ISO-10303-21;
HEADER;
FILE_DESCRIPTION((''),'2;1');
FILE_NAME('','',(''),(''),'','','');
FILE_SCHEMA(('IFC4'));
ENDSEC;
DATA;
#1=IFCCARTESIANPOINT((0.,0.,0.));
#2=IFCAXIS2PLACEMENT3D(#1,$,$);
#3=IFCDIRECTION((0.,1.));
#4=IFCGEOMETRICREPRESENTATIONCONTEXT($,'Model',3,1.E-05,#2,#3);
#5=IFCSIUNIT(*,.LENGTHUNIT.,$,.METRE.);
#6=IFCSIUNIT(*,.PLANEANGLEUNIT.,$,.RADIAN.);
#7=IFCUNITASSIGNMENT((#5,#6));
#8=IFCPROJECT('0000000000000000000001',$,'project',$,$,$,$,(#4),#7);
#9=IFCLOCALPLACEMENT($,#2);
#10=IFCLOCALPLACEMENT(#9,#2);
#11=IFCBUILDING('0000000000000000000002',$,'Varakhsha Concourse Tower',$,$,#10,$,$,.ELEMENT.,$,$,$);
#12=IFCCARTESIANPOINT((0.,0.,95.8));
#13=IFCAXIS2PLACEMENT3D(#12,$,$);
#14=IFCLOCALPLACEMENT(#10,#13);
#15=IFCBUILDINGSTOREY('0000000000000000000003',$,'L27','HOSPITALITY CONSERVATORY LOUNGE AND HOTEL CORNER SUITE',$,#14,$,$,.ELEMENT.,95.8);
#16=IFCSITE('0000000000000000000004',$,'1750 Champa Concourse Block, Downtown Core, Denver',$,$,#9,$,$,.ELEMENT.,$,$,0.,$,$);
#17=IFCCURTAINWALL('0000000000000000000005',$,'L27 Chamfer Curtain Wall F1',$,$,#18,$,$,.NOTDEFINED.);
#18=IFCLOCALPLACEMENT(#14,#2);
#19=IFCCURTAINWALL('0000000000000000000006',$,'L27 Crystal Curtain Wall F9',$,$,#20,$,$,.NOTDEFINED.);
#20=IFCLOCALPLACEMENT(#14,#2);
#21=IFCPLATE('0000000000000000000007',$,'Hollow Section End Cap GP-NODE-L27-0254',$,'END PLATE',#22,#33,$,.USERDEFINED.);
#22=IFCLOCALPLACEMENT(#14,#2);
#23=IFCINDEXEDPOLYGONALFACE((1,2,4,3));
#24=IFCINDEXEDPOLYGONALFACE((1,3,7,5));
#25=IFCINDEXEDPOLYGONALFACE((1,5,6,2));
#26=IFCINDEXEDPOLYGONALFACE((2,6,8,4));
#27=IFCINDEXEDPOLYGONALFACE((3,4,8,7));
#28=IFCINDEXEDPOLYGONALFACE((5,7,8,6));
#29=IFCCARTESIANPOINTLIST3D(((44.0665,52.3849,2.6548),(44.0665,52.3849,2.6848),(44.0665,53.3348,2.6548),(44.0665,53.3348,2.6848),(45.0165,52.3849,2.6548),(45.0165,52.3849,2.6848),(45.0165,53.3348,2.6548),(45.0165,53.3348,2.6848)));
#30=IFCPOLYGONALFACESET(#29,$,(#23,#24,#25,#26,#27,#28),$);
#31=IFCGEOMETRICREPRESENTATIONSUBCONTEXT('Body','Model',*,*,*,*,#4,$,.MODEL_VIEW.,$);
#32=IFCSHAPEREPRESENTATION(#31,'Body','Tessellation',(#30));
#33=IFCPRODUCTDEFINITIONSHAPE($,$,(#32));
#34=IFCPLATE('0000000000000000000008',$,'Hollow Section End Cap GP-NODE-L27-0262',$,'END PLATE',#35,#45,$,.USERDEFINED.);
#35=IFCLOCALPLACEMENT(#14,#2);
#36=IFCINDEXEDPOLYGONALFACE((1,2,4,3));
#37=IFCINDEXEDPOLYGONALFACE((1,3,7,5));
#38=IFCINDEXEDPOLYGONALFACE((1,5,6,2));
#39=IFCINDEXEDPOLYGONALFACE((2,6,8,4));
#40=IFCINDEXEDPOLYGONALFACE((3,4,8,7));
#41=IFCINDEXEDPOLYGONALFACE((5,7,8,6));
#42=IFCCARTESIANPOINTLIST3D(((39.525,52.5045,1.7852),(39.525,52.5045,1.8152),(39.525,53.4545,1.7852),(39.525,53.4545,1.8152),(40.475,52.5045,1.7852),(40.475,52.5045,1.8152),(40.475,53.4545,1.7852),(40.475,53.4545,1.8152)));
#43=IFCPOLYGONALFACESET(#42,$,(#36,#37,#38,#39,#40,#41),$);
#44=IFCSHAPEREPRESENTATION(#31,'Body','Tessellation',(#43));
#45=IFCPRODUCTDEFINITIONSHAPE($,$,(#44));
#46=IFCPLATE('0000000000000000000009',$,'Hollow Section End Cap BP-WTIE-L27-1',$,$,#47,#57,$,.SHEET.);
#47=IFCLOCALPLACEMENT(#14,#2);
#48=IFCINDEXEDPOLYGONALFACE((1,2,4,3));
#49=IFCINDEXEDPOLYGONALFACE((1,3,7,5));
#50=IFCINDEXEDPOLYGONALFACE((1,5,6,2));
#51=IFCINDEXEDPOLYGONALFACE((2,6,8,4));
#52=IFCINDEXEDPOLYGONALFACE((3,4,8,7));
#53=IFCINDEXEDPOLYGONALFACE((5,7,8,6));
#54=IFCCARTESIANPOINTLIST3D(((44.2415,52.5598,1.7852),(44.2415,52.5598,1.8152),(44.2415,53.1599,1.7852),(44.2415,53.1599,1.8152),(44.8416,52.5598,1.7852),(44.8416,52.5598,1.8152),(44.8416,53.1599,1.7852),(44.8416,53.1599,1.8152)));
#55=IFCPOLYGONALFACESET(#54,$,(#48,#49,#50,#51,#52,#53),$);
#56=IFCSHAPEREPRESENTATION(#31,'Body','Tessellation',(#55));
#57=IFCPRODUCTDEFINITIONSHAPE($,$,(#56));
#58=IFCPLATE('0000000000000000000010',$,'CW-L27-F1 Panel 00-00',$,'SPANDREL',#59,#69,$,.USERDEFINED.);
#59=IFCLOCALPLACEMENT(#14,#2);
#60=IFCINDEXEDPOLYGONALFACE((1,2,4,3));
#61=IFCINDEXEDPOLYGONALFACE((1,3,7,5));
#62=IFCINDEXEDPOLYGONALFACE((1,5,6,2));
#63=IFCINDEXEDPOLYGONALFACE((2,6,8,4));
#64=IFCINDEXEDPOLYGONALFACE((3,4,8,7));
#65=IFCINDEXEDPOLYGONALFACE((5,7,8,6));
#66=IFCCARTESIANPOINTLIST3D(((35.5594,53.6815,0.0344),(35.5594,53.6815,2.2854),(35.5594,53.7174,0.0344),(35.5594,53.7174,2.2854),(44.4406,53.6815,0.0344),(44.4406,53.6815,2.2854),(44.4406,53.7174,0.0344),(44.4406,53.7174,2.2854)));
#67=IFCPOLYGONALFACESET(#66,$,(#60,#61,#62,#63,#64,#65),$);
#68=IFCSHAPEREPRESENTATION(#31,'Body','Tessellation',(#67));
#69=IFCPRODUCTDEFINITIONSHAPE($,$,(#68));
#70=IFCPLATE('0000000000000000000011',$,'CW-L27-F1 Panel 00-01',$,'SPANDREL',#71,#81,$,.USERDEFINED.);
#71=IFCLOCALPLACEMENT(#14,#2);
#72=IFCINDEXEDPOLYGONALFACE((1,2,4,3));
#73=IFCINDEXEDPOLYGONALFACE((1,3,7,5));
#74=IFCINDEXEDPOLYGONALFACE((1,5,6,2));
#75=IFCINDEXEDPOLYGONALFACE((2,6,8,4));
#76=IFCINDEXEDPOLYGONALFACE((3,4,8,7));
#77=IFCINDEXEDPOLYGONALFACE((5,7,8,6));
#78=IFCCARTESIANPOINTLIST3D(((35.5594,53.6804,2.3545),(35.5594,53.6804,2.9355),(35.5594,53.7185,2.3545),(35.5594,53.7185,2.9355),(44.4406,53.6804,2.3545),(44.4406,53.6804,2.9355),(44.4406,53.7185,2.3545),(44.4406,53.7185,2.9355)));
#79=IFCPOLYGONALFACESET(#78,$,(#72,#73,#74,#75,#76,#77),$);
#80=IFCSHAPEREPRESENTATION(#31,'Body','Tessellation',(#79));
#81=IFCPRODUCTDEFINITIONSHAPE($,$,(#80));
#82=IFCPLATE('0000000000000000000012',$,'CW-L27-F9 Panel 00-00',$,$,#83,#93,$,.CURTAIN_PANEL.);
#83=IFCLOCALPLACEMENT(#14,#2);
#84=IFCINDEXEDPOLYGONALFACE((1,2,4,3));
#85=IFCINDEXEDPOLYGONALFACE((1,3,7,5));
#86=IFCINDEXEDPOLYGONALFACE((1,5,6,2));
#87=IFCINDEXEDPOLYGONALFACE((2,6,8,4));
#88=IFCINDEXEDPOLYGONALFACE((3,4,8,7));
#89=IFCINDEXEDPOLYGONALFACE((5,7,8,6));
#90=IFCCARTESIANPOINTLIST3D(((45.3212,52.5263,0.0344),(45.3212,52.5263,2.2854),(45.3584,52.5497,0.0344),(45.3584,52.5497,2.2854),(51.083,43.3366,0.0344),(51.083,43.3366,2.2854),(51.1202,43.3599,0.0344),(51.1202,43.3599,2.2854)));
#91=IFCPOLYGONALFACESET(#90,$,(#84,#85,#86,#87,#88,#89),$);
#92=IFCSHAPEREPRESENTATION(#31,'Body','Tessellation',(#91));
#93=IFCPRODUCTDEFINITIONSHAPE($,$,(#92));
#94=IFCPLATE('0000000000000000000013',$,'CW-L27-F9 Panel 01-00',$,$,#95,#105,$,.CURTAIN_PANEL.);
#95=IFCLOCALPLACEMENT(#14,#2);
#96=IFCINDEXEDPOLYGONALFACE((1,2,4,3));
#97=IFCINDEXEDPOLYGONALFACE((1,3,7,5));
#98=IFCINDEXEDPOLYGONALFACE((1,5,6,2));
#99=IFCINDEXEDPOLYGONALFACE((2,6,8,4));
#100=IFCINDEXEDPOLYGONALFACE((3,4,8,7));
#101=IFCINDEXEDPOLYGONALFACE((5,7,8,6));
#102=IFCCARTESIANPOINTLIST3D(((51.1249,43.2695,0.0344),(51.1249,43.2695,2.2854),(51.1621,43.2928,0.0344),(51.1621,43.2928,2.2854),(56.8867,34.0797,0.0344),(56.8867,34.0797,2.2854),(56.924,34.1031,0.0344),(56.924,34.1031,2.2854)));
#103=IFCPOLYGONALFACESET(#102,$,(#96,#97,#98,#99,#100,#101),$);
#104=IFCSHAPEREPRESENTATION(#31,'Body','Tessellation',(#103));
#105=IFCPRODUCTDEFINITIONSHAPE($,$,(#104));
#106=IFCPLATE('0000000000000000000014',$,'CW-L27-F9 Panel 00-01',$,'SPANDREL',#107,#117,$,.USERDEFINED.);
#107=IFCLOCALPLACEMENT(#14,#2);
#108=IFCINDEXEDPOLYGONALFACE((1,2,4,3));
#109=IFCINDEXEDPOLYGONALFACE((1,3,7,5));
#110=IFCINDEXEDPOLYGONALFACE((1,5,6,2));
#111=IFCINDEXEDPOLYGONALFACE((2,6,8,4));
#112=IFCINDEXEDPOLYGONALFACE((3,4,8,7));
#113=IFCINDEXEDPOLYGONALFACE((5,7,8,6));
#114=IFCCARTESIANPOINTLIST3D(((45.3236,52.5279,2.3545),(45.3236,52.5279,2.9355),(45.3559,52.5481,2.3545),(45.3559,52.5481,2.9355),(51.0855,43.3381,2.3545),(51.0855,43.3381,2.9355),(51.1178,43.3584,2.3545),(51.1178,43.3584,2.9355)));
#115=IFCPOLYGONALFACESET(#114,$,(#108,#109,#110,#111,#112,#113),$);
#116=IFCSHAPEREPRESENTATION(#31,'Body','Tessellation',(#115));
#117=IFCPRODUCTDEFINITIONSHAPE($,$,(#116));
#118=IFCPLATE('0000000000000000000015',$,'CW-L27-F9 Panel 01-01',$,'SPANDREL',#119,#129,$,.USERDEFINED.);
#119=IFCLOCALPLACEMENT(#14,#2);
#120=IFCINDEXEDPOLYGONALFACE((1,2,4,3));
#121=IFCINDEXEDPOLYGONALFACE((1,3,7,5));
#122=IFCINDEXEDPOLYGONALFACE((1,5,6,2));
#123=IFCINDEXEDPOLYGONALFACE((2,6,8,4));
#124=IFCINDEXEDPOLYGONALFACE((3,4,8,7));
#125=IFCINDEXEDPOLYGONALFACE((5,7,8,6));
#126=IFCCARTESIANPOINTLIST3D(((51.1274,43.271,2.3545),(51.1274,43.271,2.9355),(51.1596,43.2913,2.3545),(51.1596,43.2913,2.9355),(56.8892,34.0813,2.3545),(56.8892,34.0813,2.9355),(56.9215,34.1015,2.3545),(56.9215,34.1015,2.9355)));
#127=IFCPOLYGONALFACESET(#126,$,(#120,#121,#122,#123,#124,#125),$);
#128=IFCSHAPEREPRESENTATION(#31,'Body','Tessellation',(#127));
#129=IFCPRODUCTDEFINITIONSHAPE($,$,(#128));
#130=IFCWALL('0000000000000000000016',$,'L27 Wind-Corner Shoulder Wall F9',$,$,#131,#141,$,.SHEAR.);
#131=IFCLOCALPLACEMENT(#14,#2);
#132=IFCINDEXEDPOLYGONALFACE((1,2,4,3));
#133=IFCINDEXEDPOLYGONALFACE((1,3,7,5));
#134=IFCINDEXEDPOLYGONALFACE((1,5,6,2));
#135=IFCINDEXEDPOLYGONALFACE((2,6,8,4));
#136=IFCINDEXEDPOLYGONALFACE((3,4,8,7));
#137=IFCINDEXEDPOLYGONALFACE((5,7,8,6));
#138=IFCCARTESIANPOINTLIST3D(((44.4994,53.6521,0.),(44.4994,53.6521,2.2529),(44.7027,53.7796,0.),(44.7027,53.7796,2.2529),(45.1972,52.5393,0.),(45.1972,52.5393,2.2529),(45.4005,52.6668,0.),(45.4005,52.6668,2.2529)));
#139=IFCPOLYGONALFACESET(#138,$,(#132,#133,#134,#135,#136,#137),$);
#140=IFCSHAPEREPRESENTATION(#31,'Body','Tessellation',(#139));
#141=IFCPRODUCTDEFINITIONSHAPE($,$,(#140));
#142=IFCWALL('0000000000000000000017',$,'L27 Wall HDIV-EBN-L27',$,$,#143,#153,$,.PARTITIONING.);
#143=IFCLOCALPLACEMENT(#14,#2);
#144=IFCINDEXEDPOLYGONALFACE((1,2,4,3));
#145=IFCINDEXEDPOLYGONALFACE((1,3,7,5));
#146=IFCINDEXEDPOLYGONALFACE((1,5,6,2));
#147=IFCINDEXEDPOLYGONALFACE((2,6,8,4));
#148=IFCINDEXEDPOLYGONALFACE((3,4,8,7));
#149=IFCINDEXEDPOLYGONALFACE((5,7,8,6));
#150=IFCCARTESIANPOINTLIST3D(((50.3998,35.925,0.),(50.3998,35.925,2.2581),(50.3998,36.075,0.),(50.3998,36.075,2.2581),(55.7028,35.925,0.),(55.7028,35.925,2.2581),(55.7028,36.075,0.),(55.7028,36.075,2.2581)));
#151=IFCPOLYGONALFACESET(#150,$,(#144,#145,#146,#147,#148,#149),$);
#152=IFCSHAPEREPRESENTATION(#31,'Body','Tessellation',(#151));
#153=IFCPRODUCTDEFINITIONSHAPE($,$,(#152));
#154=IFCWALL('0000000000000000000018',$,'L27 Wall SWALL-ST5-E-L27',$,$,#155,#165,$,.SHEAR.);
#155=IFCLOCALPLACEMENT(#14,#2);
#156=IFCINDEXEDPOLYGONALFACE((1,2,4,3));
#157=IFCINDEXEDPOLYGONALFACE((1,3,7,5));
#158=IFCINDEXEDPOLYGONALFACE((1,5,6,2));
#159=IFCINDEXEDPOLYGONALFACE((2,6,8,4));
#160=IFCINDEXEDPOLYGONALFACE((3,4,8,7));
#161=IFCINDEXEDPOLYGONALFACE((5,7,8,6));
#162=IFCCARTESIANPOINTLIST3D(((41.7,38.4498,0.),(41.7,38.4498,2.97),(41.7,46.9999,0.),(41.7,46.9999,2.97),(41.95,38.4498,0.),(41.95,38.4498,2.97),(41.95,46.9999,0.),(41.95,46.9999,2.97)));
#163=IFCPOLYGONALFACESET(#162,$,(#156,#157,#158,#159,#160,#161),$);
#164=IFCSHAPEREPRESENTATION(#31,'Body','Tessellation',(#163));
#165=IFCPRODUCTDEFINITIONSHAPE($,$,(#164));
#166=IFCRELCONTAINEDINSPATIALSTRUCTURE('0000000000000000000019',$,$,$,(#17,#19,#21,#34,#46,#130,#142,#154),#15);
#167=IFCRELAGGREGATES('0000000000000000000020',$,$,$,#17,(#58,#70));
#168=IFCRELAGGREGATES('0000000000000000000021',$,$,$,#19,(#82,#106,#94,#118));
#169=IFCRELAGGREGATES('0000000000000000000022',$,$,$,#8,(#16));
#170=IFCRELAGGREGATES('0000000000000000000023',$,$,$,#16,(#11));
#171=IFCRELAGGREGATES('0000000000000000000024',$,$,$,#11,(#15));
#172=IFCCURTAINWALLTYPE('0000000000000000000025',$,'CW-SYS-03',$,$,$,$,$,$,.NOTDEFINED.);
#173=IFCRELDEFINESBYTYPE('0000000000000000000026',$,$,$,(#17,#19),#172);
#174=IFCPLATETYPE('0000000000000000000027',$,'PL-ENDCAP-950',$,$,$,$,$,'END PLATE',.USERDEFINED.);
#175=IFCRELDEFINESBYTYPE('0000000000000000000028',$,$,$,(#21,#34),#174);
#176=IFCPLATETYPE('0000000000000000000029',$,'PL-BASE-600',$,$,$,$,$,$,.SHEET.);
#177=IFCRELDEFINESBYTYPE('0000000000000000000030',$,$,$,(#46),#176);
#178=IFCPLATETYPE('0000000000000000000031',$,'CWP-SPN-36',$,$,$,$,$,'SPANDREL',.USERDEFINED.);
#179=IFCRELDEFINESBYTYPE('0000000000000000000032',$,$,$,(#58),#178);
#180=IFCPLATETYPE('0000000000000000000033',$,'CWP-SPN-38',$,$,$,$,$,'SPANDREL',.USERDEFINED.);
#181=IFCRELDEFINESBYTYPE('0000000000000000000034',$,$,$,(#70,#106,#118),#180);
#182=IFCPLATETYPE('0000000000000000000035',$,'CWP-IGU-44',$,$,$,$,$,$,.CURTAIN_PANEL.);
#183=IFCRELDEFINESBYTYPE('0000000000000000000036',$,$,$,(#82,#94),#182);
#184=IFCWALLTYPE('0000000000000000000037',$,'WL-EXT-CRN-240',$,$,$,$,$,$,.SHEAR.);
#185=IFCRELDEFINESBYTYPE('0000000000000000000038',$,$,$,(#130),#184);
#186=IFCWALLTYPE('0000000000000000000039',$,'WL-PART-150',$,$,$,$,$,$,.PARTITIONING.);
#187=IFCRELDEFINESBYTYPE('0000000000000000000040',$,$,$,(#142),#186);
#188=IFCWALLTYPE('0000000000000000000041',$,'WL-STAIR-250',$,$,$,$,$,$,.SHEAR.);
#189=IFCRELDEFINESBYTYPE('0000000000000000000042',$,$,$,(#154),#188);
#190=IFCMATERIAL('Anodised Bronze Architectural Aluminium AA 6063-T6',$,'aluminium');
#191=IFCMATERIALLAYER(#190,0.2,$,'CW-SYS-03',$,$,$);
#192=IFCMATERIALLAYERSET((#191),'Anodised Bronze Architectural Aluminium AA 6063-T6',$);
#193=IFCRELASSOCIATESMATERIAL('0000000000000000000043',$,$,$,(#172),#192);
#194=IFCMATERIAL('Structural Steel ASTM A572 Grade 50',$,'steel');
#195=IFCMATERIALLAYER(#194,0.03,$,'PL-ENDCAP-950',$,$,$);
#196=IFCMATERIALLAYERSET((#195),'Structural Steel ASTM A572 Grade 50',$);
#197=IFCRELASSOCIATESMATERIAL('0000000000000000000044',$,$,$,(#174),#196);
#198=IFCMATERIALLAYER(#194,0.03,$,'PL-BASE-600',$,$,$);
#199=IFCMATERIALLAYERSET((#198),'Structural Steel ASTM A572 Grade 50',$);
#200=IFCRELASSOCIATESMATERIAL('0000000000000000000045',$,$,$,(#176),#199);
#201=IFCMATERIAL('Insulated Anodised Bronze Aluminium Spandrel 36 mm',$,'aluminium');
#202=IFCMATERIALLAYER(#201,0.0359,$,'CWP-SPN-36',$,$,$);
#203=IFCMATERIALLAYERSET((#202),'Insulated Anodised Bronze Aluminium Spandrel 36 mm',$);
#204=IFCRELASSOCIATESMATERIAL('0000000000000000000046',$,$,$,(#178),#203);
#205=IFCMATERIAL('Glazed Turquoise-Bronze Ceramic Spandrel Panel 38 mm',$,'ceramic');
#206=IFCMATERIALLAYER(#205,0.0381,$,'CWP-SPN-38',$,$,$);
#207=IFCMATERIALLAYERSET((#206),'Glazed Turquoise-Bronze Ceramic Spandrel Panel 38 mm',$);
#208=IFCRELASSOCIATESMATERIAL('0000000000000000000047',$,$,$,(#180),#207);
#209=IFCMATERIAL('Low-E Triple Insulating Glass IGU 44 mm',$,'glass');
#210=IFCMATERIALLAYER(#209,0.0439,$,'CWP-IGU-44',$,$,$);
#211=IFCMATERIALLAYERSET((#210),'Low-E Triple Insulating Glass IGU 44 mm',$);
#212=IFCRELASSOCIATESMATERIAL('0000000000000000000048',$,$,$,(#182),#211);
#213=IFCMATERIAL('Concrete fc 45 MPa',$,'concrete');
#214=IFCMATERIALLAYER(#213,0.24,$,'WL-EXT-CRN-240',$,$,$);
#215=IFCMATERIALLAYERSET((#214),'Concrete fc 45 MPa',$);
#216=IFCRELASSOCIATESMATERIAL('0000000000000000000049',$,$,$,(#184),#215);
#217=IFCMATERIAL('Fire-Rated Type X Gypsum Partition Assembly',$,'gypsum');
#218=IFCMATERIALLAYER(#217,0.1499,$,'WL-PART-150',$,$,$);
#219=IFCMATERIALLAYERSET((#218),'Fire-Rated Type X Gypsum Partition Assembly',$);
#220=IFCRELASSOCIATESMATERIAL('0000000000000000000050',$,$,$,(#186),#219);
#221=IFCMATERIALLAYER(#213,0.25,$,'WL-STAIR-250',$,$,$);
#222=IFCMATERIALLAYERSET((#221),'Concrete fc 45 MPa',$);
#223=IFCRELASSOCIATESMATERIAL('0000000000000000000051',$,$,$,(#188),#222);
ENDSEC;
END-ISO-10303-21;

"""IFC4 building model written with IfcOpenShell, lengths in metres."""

from ifc_helpers import new_model, si_unit, direction, frame, frame_2d, origin, origin_2d, place, context, subcontext, project, spatial, rectangle, extrude, source, transform, mapped, material, layer, layer_set, type_object, type_shapes, element, aggregate, save


model = new_model("IFC4")

# Units and contexts
model_context = context("Model", 3, precision=1e-05, world=origin(), true_north=direction((0.0, 1.0)))
body_context = subcontext(model_context, "Body", "Model", "MODEL_VIEW")
ifc_project = project(units=[si_unit("LENGTHUNIT", "METRE"), si_unit("PLANEANGLEUNIT", "RADIAN")], contexts=[model_context])

# Site, building, storey
site_placement = place(None, origin())
site = spatial("IfcSite", under=ifc_project, at=site_placement, Name="1750 Champa Concourse Block, Downtown Core, Denver", CompositionType="ELEMENT", RefElevation=0.0)
building_placement = place(site_placement, origin())
building = spatial("IfcBuilding", under=site, at=building_placement, Name="Varakhsha Concourse Tower", CompositionType="ELEMENT")
storey_placement = place(building_placement, frame((0.0, 0.0, 95.8)))
storey = spatial("IfcBuildingStorey", under=building, at=storey_placement, Name="L27", Description="HOSPITALITY CONSERVATORY LOUNGE AND HOTEL CORNER SUITE", CompositionType="ELEMENT", Elevation=95.8)

# Shared definitions
ifc_material_1 = material(Name="Structural Steel ASTM A572 Grade 50", Category="steel")

# Curtain wall
ifc_material_2 = material(Name="Anodised Bronze Architectural Aluminium AA 6063-T6", Category="aluminium")
ifc_layer_1 = layer(ifc_material_2, 0.2, Name="CW-SYS-03")
ifc_layer_set_1 = layer_set([ifc_layer_1], Name="Anodised Bronze Architectural Aluminium AA 6063-T6")
curtain_wall_type = type_object("IfcCurtainWallType", Name="CW-SYS-03", PredefinedType="NOTDEFINED", material=ifc_layer_set_1)
curtain_wall_1_placement = place(storey_placement, origin())
curtain_wall_1 = element("IfcCurtainWall", 1, at=curtain_wall_1_placement, inside=storey, type_object=curtain_wall_type, Name="L27 Chamfer Curtain Wall F1", PredefinedType="NOTDEFINED")

# Curtain wall
curtain_wall_2_placement = place(storey_placement, origin())
curtain_wall_2 = element("IfcCurtainWall", 2, at=curtain_wall_2_placement, inside=storey, type_object=curtain_wall_type, Name="L27 Crystal Curtain Wall F9", PredefinedType="NOTDEFINED")

# Plates
ifc_layer_2 = layer(ifc_material_1, 0.03, Name="PL-ENDCAP-950")
ifc_layer_set_2 = layer_set([ifc_layer_2], Name="Structural Steel ASTM A572 Grade 50")
plate_type_1 = type_object("IfcPlateType", Name="PL-ENDCAP-950", ElementType="END PLATE", PredefinedType="USERDEFINED", material=ifc_layer_set_2)
shared_shape_1 = source(origin(), body_context, "Body", "SweptSolid", [
    extrude(rectangle(XDim=0.95, YDim=0.95, at=origin_2d()), origin(), (0.0, 0.0, 1.0), 0.03),
])
type_shapes(plate_type_1, [shared_shape_1])
for number, where, z_axis, x_axis, name in (
    (3, (44.5415, 52.8599, 2.6548), (0.0, 0.0, 1.0), (1.0, 0.0, 0.0), "Hollow Section End Cap GP-NODE-L27-0254"),
    (4, (40.0, 52.9795, 1.7852), (0.0, 0.0, 1.0), (1.0, 0.0, 0.0), "Hollow Section End Cap GP-NODE-L27-0262"),
):
    element("IfcPlate", number, at=place(storey_placement, frame(where, z_axis=z_axis, x_axis=x_axis)), inside=storey, type_object=plate_type_1, Name=name, ObjectType="END PLATE", PredefinedType="USERDEFINED", context=body_context, shape_type="MappedRepresentation", body=[
        mapped(shared_shape_1, transform((0.0, 0.0, 0.0), scale=1.0)),
    ])
ifc_layer_3 = layer(ifc_material_1, 0.03, Name="PL-BASE-600")
ifc_layer_set_3 = layer_set([ifc_layer_3], Name="Structural Steel ASTM A572 Grade 50")
plate_type_2 = type_object("IfcPlateType", Name="PL-BASE-600", PredefinedType="SHEET", material=ifc_layer_set_3)
shared_shape_2 = source(origin(), body_context, "Body", "SweptSolid", [
    extrude(rectangle(XDim=0.6001, YDim=0.6001, at=origin_2d()), origin(), (0.0, 0.0, 1.0), 0.03),
])
type_shapes(plate_type_2, [shared_shape_2])
plate_1_placement = place(storey_placement, frame((44.5415, 52.8599, 1.7852), z_axis=(0.0, 0.0, 1.0), x_axis=(1.0, 0.0, 0.0)))
element("IfcPlate", 5, at=plate_1_placement, inside=storey, type_object=plate_type_2, Name="Hollow Section End Cap BP-WTIE-L27-1", PredefinedType="SHEET", context=body_context, shape_type="MappedRepresentation", body=[
    mapped(shared_shape_2, transform((0.0, 0.0, 0.0), scale=1.0)),
])

# Plates
ifc_material_3 = material(Name="Insulated Anodised Bronze Aluminium Spandrel 36 mm", Category="aluminium")
ifc_layer_4 = layer(ifc_material_3, 0.0359, Name="CWP-SPN-36")
ifc_layer_set_4 = layer_set([ifc_layer_4], Name="Insulated Anodised Bronze Aluminium Spandrel 36 mm")
plate_type_3 = type_object("IfcPlateType", Name="CWP-SPN-36", ElementType="SPANDREL", PredefinedType="USERDEFINED", material=ifc_layer_set_4)
shared_shape_3 = source(origin(), body_context, "Body", "SweptSolid", [
    extrude(rectangle(XDim=8.8811, YDim=0.0359, at=origin_2d()), origin(), (0.0, 0.0, 1.0), 2.251),
])
type_shapes(plate_type_3, [shared_shape_3])
plate_2_placement = place(storey_placement, frame((40.0, 53.6995, 0.0344), z_axis=(0.0, 0.0, 1.0), x_axis=(1.0, 0.0, 0.0)))
plate_2 = element("IfcPlate", 6, at=plate_2_placement, type_object=plate_type_3, Name="CW-L27-F1 Panel 00-00", ObjectType="SPANDREL", PredefinedType="USERDEFINED", context=body_context, shape_type="MappedRepresentation", body=[
    mapped(shared_shape_3, transform((0.0, 0.0, 0.0), scale=1.0)),
])
ifc_material_4 = material(Name="Glazed Turquoise-Bronze Ceramic Spandrel Panel 38 mm", Category="ceramic")
ifc_layer_5 = layer(ifc_material_4, 0.0381, Name="CWP-SPN-38")
ifc_layer_set_5 = layer_set([ifc_layer_5], Name="Glazed Turquoise-Bronze Ceramic Spandrel Panel 38 mm")
plate_type_4 = type_object("IfcPlateType", Name="CWP-SPN-38", ElementType="SPANDREL", PredefinedType="USERDEFINED", material=ifc_layer_set_5)
shared_shape_4 = source(origin(), body_context, "Body", "SweptSolid", [
    extrude(rectangle(XDim=8.8811, YDim=0.0381, at=origin_2d()), origin(), (0.0, 0.0, 1.0), 0.5811),
])
plate_3_placement = place(storey_placement, frame((40.0, 53.6995, 2.3545), z_axis=(0.0, 0.0, 1.0), x_axis=(1.0, 0.0, 0.0)))
plate_3 = element("IfcPlate", 7, at=plate_3_placement, type_object=plate_type_4, Name="CW-L27-F1 Panel 00-01", ObjectType="SPANDREL", PredefinedType="USERDEFINED", context=body_context, shape_type="MappedRepresentation", body=[
    mapped(shared_shape_4, transform((0.0, 0.0, 0.0), scale=1.0)),
])
aggregate(curtain_wall_1, [plate_2, plate_3])
ifc_material_5 = material(Name="Low-E Triple Insulating Glass IGU 44 mm", Category="glass")
ifc_layer_6 = layer(ifc_material_5, 0.0439, Name="CWP-IGU-44")
ifc_layer_set_6 = layer_set([ifc_layer_6], Name="Low-E Triple Insulating Glass IGU 44 mm")
plate_type_5 = type_object("IfcPlateType", Name="CWP-IGU-44", PredefinedType="CURTAIN_PANEL", material=ifc_layer_set_6)
shared_shape_5 = source(origin(), body_context, "Body", "SweptSolid", [
    extrude(rectangle(XDim=10.8467, YDim=0.0439, at=origin_2d()), origin(), (0.0, 0.0, 1.0), 2.251),
])
type_shapes(plate_type_5, [shared_shape_5])
plate_4_placement = place(storey_placement, frame((48.2207, 47.9431, 0.0344), z_axis=(0.0, 0.0, 1.0), x_axis=(0.531209, -0.847241, 0.0)))
plate_4 = element("IfcPlate", 8, at=plate_4_placement, type_object=plate_type_5, Name="CW-L27-F9 Panel 00-00", PredefinedType="CURTAIN_PANEL", context=body_context, shape_type="MappedRepresentation", body=[
    mapped(shared_shape_5, transform((0.0, 0.0, 0.0), scale=1.0)),
])
plate_5_placement = place(storey_placement, frame((54.0244, 38.6863, 0.0344), z_axis=(0.0, 0.0, 1.0), x_axis=(0.531209, -0.847241, 0.0)))
plate_5 = element("IfcPlate", 9, at=plate_5_placement, type_object=plate_type_5, Name="CW-L27-F9 Panel 01-00", PredefinedType="CURTAIN_PANEL", context=body_context, shape_type="MappedRepresentation", body=[
    mapped(shared_shape_5, transform((0.0, 0.0, 0.0), scale=1.0)),
])
shared_shape_6 = source(origin(), body_context, "Body", "SweptSolid", [
    extrude(rectangle(XDim=10.8467, YDim=0.0381, at=origin_2d()), origin(), (0.0, 0.0, 1.0), 0.5811),
])
type_shapes(plate_type_4, [shared_shape_4, shared_shape_6])
plate_6_placement = place(storey_placement, frame((48.2207, 47.9431, 2.3545), z_axis=(0.0, 0.0, 1.0), x_axis=(0.531209, -0.847241, 0.0)))
plate_6 = element("IfcPlate", 10, at=plate_6_placement, type_object=plate_type_4, Name="CW-L27-F9 Panel 00-01", ObjectType="SPANDREL", PredefinedType="USERDEFINED", context=body_context, shape_type="MappedRepresentation", body=[
    mapped(shared_shape_6, transform((0.0, 0.0, 0.0), scale=1.0)),
])
plate_7_placement = place(storey_placement, frame((54.0244, 38.6863, 2.3545), z_axis=(0.0, 0.0, 1.0), x_axis=(0.531209, -0.847241, 0.0)))
plate_7 = element("IfcPlate", 11, at=plate_7_placement, type_object=plate_type_4, Name="CW-L27-F9 Panel 01-01", ObjectType="SPANDREL", PredefinedType="USERDEFINED", context=body_context, shape_type="MappedRepresentation", body=[
    mapped(shared_shape_6, transform((0.0, 0.0, 0.0), scale=1.0)),
])
aggregate(curtain_wall_2, [plate_4, plate_6, plate_5, plate_7])

# Walls
ifc_material_6 = material(Name="Concrete fc 45 MPa", Category="concrete")
ifc_layer_7 = layer(ifc_material_6, 0.24, Name="WL-EXT-CRN-240")
ifc_layer_set_7 = layer_set([ifc_layer_7], Name="Concrete fc 45 MPa")
wall_type_1 = type_object("IfcWallType", Name="WL-EXT-CRN-240", PredefinedType="SHEAR", material=ifc_layer_set_7)
wall_1_placement = place(storey_placement, frame((45.2988, 52.603, 0.0), z_axis=(0.0, 0.0, 1.0), x_axis=(-0.531235, 0.847225, 0.0)))
element("IfcWall", 12, at=wall_1_placement, inside=storey, type_object=wall_type_1, Name="L27 Wind-Corner Shoulder Wall F9", PredefinedType="SHEAR", context=body_context, shape_type="SweptSolid", body=[
    extrude(rectangle(XDim=1.3135, YDim=0.24, at=frame_2d((0.6567, 0.0))), origin(), (0.0, 0.0, 1.0), 2.2529),
])
ifc_material_7 = material(Name="Fire-Rated Type X Gypsum Partition Assembly", Category="gypsum")
ifc_layer_8 = layer(ifc_material_7, 0.1499, Name="WL-PART-150")
ifc_layer_set_8 = layer_set([ifc_layer_8], Name="Fire-Rated Type X Gypsum Partition Assembly")
wall_type_2 = type_object("IfcWallType", Name="WL-PART-150", PredefinedType="PARTITIONING", material=ifc_layer_set_8)
wall_2_placement = place(storey_placement, frame((50.3999, 36.0, 0.0), z_axis=(0.0, 0.0, 1.0), x_axis=(1.0, 0.0, 0.0)))
element("IfcWall", 13, at=wall_2_placement, inside=storey, type_object=wall_type_2, Name="L27 Wall HDIV-EBN-L27", PredefinedType="PARTITIONING", context=body_context, shape_type="SweptSolid", body=[
    extrude(rectangle(XDim=5.303, YDim=0.1499, at=frame_2d((2.6514, 0.0))), origin(), (0.0, 0.0, 1.0), 2.2581),
])
ifc_layer_9 = layer(ifc_material_6, 0.25, Name="WL-STAIR-250")
ifc_layer_set_9 = layer_set([ifc_layer_9], Name="Concrete fc 45 MPa")
wall_type_3 = type_object("IfcWallType", Name="WL-STAIR-250", PredefinedType="SHEAR", material=ifc_layer_set_9)
wall_3_placement = place(storey_placement, frame((41.825, 38.45, 0.0), z_axis=(0.0, 0.0, 1.0), x_axis=(0.0, 1.0, 0.0)))
element("IfcWall", 14, at=wall_3_placement, inside=storey, type_object=wall_type_3, Name="L27 Wall SWALL-ST5-E-L27", PredefinedType="SHEAR", context=body_context, shape_type="SweptSolid", body=[
    extrude(rectangle(XDim=8.55, YDim=0.25, at=frame_2d((4.2749, 0.0))), origin(), (0.0, 0.0, 1.0), 2.97),
])

save(model, "model.ifc")
